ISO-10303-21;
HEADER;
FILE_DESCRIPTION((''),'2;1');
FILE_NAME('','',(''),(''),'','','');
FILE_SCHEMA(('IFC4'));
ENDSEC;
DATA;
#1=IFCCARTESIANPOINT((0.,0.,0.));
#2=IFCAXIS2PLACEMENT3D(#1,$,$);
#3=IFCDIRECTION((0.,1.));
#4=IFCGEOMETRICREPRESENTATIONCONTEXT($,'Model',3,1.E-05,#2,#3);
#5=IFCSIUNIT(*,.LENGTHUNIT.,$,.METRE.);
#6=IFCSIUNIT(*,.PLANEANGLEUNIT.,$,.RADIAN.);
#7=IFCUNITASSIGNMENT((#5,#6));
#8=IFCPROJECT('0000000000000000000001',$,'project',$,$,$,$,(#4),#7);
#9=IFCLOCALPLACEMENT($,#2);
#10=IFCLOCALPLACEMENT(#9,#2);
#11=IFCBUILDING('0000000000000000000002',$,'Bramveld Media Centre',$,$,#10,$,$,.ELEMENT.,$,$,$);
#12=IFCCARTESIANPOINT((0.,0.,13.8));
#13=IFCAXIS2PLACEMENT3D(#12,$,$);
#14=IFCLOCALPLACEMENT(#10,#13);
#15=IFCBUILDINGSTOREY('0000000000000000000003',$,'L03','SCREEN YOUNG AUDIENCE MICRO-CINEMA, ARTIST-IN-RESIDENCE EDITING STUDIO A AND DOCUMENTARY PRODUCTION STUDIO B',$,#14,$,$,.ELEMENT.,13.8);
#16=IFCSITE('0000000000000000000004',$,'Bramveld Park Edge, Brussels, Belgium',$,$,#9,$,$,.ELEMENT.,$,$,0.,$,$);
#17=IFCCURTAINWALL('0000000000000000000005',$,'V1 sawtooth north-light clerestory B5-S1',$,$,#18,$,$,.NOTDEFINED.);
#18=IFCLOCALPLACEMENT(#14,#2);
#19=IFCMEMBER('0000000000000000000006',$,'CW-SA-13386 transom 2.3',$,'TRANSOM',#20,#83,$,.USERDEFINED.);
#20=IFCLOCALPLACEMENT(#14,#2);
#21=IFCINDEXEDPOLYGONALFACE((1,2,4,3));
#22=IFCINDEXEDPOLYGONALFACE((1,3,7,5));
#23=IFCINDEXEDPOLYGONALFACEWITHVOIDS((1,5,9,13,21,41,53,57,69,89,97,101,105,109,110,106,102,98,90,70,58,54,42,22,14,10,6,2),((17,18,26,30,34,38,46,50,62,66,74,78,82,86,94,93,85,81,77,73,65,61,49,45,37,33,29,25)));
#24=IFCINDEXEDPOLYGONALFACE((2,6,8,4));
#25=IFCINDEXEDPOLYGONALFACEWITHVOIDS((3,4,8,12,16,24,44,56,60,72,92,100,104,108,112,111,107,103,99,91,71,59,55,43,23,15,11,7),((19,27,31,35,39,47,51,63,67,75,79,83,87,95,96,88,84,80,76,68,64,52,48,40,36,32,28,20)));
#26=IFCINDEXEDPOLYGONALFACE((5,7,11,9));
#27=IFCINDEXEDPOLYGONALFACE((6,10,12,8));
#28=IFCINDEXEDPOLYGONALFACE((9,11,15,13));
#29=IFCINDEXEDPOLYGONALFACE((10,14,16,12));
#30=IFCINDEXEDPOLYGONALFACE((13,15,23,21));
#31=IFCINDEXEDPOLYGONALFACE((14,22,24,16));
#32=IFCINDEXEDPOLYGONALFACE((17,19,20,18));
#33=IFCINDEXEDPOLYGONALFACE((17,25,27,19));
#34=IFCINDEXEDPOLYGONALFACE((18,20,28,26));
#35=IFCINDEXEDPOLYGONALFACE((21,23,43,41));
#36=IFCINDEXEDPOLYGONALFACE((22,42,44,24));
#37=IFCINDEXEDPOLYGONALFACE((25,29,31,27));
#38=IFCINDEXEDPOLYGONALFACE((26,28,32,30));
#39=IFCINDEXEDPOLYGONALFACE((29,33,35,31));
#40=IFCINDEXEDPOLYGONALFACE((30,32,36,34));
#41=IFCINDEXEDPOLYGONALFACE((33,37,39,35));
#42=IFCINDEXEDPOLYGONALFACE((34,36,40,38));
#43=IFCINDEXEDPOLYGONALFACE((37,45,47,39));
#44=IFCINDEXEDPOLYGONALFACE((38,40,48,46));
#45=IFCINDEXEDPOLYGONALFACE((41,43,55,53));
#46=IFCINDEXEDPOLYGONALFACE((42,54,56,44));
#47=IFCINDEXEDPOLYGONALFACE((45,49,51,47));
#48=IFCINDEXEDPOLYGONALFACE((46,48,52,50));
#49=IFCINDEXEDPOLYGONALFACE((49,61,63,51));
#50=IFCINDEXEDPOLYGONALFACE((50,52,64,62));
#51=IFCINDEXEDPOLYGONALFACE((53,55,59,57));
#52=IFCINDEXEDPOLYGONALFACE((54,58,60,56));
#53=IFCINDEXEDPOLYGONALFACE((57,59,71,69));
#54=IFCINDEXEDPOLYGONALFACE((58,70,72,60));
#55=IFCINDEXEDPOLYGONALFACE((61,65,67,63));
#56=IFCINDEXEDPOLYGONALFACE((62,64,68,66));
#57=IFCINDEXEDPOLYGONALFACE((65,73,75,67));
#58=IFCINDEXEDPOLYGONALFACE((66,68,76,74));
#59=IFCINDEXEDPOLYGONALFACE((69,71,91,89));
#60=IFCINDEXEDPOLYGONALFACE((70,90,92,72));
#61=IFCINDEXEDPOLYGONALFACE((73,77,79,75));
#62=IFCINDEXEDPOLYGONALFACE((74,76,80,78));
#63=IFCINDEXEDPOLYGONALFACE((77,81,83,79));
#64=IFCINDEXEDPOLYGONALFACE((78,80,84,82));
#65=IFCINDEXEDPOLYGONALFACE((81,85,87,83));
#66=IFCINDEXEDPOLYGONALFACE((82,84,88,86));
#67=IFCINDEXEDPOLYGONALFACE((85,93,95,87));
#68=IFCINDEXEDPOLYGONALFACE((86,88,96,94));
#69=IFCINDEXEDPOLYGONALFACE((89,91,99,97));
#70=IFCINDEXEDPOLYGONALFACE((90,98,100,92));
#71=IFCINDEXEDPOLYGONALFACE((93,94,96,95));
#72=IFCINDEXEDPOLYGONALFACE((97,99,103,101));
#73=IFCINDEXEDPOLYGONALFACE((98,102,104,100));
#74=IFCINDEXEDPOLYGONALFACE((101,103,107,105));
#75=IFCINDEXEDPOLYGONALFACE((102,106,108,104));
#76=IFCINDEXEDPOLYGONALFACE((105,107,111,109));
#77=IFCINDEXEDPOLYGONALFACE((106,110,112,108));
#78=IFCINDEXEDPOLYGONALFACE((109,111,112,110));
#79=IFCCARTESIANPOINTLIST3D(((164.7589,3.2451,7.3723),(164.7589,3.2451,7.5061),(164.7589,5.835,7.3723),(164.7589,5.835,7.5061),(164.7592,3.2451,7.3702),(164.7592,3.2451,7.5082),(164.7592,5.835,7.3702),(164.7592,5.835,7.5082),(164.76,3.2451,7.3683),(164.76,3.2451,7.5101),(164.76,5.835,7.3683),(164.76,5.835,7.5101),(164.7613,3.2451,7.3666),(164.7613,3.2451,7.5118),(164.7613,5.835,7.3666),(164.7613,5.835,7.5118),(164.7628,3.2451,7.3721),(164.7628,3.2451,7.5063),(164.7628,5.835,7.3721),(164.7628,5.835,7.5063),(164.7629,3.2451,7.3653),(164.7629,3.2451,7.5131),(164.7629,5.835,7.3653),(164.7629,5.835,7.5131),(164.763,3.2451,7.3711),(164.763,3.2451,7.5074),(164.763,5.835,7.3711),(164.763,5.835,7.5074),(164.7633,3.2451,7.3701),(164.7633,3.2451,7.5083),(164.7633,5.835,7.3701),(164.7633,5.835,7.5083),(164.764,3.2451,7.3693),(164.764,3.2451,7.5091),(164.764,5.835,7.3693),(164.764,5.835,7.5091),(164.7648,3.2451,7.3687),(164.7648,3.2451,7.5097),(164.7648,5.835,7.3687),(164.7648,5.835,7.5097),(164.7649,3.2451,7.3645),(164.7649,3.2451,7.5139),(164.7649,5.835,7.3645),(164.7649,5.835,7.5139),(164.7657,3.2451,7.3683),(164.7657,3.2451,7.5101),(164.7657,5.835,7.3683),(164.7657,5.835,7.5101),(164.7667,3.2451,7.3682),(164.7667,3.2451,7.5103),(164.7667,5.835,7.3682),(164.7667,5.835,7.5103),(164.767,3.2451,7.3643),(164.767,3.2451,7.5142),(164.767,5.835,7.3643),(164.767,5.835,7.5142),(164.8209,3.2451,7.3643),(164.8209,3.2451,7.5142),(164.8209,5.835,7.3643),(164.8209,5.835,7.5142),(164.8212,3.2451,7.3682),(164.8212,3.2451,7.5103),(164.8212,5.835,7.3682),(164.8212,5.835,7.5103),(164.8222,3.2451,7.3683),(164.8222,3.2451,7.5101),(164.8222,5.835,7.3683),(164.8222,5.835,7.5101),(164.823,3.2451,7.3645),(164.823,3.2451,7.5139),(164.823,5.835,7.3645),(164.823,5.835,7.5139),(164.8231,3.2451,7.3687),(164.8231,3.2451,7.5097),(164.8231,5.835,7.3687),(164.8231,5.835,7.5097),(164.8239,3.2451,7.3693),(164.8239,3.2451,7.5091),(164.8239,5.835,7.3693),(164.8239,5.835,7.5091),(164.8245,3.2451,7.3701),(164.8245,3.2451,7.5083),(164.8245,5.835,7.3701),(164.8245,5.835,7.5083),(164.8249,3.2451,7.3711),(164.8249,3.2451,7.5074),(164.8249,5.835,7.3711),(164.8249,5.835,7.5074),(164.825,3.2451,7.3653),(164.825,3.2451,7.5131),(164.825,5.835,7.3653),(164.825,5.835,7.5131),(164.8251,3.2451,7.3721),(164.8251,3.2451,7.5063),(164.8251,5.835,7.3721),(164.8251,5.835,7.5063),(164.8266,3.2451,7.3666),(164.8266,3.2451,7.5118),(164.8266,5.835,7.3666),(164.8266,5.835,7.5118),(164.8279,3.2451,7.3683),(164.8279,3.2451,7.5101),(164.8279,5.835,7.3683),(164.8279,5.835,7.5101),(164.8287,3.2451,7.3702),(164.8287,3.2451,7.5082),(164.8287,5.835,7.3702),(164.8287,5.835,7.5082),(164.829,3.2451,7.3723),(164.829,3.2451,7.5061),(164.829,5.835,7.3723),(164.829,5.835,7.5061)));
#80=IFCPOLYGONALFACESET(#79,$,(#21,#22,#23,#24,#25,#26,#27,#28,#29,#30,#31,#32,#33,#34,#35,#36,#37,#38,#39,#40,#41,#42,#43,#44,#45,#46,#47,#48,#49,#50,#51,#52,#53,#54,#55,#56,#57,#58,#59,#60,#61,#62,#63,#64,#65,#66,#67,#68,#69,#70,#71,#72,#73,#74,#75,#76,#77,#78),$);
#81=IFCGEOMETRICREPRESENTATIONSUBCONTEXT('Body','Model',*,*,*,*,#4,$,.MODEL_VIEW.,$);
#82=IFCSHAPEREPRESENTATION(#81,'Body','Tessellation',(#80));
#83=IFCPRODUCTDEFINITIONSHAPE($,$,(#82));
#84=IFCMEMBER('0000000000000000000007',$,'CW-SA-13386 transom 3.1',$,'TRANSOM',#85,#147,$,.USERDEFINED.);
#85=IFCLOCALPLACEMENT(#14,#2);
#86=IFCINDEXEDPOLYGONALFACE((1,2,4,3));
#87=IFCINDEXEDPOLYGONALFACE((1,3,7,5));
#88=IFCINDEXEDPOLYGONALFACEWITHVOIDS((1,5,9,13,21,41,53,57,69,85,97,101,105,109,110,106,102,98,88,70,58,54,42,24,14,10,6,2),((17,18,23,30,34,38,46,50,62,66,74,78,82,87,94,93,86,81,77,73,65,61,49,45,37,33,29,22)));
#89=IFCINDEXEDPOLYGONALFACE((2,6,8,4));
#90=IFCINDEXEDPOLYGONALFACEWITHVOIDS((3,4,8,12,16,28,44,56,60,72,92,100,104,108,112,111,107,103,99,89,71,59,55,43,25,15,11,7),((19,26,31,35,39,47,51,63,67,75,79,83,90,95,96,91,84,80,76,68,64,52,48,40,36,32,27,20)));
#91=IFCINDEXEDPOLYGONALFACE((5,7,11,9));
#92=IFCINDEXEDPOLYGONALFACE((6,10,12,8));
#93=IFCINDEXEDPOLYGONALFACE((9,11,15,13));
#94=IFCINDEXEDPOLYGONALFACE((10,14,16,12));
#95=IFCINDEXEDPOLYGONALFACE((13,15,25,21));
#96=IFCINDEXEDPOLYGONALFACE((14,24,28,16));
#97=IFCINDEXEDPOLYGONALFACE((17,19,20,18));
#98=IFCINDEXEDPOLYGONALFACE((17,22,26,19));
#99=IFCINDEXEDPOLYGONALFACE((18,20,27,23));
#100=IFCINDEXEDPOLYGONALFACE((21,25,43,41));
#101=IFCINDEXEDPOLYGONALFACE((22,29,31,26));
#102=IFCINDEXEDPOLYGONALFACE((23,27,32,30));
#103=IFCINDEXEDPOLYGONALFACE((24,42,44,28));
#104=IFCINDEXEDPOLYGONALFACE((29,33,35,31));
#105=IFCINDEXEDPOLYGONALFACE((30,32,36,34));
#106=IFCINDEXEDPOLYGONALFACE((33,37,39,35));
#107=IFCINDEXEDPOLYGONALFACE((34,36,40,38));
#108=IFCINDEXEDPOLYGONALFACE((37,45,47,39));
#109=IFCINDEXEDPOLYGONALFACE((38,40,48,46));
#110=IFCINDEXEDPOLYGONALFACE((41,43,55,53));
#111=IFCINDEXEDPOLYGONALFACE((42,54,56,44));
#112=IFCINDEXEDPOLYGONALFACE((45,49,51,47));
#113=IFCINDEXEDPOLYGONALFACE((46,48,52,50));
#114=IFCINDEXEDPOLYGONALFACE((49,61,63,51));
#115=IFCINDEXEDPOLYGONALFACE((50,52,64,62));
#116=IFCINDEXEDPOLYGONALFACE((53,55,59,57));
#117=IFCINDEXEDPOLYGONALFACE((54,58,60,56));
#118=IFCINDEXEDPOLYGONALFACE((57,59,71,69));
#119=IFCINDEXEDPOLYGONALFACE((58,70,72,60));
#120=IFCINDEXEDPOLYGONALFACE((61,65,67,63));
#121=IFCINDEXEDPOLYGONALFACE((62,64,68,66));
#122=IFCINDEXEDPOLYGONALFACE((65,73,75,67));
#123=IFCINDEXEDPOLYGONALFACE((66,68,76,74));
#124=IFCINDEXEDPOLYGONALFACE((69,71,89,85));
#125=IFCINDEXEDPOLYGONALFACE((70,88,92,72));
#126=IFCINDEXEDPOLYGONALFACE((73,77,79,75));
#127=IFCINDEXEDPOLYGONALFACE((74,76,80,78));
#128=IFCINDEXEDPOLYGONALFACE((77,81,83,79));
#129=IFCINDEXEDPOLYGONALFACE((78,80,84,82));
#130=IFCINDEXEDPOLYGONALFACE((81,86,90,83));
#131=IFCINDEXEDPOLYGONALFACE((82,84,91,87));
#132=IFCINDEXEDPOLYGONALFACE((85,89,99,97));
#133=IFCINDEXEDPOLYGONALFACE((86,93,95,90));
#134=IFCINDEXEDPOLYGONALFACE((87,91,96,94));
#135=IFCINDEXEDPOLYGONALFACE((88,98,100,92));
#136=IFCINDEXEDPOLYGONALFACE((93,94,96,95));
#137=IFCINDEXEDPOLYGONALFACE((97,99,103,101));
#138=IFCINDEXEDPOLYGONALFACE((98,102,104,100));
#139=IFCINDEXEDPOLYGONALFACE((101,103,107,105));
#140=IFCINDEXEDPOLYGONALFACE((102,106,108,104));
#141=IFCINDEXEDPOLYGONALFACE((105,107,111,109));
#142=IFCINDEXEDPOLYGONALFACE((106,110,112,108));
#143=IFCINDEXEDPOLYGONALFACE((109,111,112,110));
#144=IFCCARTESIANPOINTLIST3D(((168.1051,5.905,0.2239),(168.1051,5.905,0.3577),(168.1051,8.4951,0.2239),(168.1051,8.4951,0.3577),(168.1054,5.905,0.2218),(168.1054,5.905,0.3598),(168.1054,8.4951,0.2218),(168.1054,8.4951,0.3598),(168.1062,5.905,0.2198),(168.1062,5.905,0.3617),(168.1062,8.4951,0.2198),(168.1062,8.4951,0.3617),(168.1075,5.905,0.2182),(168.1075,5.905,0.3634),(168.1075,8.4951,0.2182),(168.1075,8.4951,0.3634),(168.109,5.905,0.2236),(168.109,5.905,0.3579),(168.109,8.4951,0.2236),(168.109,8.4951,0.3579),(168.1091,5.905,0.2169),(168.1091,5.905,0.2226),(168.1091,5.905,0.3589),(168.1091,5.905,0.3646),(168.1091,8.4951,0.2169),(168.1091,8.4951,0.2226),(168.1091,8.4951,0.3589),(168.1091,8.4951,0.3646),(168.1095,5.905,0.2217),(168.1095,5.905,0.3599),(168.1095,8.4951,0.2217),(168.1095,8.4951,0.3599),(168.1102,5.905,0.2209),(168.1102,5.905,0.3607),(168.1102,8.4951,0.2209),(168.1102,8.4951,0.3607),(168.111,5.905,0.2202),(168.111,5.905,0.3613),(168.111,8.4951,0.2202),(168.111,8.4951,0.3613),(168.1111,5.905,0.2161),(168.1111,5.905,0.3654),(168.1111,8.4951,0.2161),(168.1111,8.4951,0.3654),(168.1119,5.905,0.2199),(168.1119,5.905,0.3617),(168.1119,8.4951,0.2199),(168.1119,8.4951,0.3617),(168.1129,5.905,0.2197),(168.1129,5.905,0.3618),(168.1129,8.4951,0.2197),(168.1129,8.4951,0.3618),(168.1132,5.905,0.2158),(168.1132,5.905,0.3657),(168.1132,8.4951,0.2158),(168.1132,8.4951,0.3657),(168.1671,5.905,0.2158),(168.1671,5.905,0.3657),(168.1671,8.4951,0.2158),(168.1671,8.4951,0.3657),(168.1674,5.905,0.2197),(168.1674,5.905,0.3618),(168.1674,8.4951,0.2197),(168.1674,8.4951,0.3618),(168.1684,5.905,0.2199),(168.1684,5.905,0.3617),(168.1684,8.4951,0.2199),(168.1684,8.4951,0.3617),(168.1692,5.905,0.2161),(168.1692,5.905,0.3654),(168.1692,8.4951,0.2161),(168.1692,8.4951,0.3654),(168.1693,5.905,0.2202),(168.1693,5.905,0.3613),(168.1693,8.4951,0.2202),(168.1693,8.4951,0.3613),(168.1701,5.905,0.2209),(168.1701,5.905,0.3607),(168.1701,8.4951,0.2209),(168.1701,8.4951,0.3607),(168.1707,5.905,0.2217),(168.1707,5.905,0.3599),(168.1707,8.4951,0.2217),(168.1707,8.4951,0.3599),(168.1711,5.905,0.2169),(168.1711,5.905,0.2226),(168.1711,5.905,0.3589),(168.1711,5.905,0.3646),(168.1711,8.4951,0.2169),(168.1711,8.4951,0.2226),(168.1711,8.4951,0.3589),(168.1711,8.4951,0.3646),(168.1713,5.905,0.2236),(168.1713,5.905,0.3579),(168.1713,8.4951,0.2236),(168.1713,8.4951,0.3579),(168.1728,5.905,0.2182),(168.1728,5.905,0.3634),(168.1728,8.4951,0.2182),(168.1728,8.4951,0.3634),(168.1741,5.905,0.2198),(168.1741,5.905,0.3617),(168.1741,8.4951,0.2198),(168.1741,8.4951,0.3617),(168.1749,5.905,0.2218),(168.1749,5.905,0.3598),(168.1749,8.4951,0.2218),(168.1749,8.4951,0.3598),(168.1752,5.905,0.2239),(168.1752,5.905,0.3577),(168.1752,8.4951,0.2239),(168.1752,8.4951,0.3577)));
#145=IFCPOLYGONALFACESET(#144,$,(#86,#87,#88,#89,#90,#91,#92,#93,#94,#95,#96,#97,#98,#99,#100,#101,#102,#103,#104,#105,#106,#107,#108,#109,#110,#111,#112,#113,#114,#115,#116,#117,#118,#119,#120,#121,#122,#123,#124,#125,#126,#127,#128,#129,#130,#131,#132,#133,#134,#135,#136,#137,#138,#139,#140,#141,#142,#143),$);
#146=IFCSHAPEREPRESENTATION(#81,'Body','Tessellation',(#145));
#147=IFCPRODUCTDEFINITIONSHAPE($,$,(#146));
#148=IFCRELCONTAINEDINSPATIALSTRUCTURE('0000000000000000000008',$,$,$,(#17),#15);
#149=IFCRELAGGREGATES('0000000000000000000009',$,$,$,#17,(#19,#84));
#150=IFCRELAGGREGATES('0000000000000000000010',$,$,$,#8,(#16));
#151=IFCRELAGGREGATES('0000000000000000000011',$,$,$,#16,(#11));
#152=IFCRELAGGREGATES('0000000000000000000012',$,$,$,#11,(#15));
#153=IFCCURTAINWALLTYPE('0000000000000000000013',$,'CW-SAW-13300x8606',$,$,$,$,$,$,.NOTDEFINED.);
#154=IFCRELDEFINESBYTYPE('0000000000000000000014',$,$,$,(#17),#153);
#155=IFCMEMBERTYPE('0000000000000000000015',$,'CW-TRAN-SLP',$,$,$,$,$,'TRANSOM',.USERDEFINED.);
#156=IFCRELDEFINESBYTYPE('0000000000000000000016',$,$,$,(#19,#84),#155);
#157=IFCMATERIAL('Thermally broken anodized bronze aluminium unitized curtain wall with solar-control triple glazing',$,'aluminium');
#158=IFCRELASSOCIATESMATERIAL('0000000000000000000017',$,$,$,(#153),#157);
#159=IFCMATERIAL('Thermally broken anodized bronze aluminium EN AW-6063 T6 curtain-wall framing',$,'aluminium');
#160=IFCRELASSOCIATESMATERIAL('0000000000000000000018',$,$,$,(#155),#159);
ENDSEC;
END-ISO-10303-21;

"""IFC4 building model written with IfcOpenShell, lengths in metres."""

from ifc_helpers import new_model, si_unit, direction, frame, origin, origin_2d, place, context, subcontext, project, spatial, hollow_rectangle, extrude, material, material_profile, profile_set, type_object, element, aggregate, save


model = new_model("IFC4")

# Units and contexts
model_context = context("Model", 3, precision=1e-05, world=origin(), true_north=direction((0.0, 1.0)))
body_context = subcontext(model_context, "Body", "Model", "MODEL_VIEW")
ifc_project = project(units=[si_unit("LENGTHUNIT", "METRE"), si_unit("PLANEANGLEUNIT", "RADIAN")], contexts=[model_context])

# Site, building, storey
site_placement = place(None, origin())
site = spatial("IfcSite", under=ifc_project, at=site_placement, Name="Bramveld Park Edge, Brussels, Belgium", CompositionType="ELEMENT", RefElevation=0.0)
building_placement = place(site_placement, origin())
building = spatial("IfcBuilding", under=site, at=building_placement, Name="Bramveld Media Centre", CompositionType="ELEMENT")
storey_placement = place(building_placement, frame((0.0, 0.0, 13.8)))
storey = spatial("IfcBuildingStorey", under=building, at=storey_placement, Name="L03", Description="SCREEN YOUNG AUDIENCE MICRO-CINEMA, ARTIST-IN-RESIDENCE EDITING STUDIO A AND DOCUMENTARY PRODUCTION STUDIO B", CompositionType="ELEMENT", Elevation=13.8)

# Curtain wall, members
ifc_material_1 = material(Name="Thermally broken anodized bronze aluminium unitized curtain wall with solar-control triple glazing", Category="aluminium")
curtain_wall_type = type_object("IfcCurtainWallType", Name="CW-SAW-13300x8606", PredefinedType="NOTDEFINED", material=ifc_material_1)
curtain_wall_placement = place(storey_placement, origin())
curtain_wall = element("IfcCurtainWall", 1, at=curtain_wall_placement, inside=storey, type_object=curtain_wall_type, Name="V1 sawtooth north-light clerestory B5-S1", PredefinedType="NOTDEFINED")
ifc_material_2 = material(Name="Thermally broken anodized bronze aluminium EN AW-6063 T6 curtain-wall framing", Category="aluminium")
ifc_material_profile_1 = material_profile(ifc_material_2, hollow_rectangle(XDim=0.0701, YDim=0.1499, WallThickness=0.0039, InnerFilletRadius=0.0039, OuterFilletRadius=0.0081, at=origin_2d()), Name="AL-TRAN 70x150")
ifc_profile_set_1 = profile_set([ifc_material_profile_1], Name="Thermally broken anodized bronze aluminium EN AW-6063 T6 curtain-wall framing")
member_type_1 = type_object("IfcMemberType", Name="CW-TRAN-SLP", ElementType="TRANSOM", PredefinedType="USERDEFINED", material=ifc_profile_set_1)
member_1_placement = place(storey_placement, frame((164.7939, 3.2451, 7.4392), z_axis=(0.0, 1.0, 0.0), x_axis=(-1.0, 0.0, 0.0)))
member_1 = element("IfcMember", 2, at=member_1_placement, type_object=member_type_1, Name="CW-SA-13386 transom 2.3", ObjectType="TRANSOM", PredefinedType="USERDEFINED", context=body_context, shape_type="SweptSolid", body=[
    extrude(hollow_rectangle(XDim=0.0701, YDim=0.1499, WallThickness=0.0039, InnerFilletRadius=0.0039, OuterFilletRadius=0.0081, at=origin_2d()), origin(), (0.0, 0.0, 1.0), 2.5898),
])
member_2_placement = place(storey_placement, frame((168.1401, 5.905, 0.2908), z_axis=(0.0, 1.0, 0.0), x_axis=(-1.0, 0.0, 0.0)))
member_2 = element("IfcMember", 3, at=member_2_placement, type_object=member_type_1, Name="CW-SA-13386 transom 3.1", ObjectType="TRANSOM", PredefinedType="USERDEFINED", context=body_context, shape_type="SweptSolid", body=[
    extrude(hollow_rectangle(XDim=0.0701, YDim=0.1499, WallThickness=0.0039, InnerFilletRadius=0.0039, OuterFilletRadius=0.0081, at=origin_2d()), origin(), (0.0, 0.0, 1.0), 2.5901),
])
aggregate(curtain_wall, [member_1, member_2])

save(model, "model.ifc")
